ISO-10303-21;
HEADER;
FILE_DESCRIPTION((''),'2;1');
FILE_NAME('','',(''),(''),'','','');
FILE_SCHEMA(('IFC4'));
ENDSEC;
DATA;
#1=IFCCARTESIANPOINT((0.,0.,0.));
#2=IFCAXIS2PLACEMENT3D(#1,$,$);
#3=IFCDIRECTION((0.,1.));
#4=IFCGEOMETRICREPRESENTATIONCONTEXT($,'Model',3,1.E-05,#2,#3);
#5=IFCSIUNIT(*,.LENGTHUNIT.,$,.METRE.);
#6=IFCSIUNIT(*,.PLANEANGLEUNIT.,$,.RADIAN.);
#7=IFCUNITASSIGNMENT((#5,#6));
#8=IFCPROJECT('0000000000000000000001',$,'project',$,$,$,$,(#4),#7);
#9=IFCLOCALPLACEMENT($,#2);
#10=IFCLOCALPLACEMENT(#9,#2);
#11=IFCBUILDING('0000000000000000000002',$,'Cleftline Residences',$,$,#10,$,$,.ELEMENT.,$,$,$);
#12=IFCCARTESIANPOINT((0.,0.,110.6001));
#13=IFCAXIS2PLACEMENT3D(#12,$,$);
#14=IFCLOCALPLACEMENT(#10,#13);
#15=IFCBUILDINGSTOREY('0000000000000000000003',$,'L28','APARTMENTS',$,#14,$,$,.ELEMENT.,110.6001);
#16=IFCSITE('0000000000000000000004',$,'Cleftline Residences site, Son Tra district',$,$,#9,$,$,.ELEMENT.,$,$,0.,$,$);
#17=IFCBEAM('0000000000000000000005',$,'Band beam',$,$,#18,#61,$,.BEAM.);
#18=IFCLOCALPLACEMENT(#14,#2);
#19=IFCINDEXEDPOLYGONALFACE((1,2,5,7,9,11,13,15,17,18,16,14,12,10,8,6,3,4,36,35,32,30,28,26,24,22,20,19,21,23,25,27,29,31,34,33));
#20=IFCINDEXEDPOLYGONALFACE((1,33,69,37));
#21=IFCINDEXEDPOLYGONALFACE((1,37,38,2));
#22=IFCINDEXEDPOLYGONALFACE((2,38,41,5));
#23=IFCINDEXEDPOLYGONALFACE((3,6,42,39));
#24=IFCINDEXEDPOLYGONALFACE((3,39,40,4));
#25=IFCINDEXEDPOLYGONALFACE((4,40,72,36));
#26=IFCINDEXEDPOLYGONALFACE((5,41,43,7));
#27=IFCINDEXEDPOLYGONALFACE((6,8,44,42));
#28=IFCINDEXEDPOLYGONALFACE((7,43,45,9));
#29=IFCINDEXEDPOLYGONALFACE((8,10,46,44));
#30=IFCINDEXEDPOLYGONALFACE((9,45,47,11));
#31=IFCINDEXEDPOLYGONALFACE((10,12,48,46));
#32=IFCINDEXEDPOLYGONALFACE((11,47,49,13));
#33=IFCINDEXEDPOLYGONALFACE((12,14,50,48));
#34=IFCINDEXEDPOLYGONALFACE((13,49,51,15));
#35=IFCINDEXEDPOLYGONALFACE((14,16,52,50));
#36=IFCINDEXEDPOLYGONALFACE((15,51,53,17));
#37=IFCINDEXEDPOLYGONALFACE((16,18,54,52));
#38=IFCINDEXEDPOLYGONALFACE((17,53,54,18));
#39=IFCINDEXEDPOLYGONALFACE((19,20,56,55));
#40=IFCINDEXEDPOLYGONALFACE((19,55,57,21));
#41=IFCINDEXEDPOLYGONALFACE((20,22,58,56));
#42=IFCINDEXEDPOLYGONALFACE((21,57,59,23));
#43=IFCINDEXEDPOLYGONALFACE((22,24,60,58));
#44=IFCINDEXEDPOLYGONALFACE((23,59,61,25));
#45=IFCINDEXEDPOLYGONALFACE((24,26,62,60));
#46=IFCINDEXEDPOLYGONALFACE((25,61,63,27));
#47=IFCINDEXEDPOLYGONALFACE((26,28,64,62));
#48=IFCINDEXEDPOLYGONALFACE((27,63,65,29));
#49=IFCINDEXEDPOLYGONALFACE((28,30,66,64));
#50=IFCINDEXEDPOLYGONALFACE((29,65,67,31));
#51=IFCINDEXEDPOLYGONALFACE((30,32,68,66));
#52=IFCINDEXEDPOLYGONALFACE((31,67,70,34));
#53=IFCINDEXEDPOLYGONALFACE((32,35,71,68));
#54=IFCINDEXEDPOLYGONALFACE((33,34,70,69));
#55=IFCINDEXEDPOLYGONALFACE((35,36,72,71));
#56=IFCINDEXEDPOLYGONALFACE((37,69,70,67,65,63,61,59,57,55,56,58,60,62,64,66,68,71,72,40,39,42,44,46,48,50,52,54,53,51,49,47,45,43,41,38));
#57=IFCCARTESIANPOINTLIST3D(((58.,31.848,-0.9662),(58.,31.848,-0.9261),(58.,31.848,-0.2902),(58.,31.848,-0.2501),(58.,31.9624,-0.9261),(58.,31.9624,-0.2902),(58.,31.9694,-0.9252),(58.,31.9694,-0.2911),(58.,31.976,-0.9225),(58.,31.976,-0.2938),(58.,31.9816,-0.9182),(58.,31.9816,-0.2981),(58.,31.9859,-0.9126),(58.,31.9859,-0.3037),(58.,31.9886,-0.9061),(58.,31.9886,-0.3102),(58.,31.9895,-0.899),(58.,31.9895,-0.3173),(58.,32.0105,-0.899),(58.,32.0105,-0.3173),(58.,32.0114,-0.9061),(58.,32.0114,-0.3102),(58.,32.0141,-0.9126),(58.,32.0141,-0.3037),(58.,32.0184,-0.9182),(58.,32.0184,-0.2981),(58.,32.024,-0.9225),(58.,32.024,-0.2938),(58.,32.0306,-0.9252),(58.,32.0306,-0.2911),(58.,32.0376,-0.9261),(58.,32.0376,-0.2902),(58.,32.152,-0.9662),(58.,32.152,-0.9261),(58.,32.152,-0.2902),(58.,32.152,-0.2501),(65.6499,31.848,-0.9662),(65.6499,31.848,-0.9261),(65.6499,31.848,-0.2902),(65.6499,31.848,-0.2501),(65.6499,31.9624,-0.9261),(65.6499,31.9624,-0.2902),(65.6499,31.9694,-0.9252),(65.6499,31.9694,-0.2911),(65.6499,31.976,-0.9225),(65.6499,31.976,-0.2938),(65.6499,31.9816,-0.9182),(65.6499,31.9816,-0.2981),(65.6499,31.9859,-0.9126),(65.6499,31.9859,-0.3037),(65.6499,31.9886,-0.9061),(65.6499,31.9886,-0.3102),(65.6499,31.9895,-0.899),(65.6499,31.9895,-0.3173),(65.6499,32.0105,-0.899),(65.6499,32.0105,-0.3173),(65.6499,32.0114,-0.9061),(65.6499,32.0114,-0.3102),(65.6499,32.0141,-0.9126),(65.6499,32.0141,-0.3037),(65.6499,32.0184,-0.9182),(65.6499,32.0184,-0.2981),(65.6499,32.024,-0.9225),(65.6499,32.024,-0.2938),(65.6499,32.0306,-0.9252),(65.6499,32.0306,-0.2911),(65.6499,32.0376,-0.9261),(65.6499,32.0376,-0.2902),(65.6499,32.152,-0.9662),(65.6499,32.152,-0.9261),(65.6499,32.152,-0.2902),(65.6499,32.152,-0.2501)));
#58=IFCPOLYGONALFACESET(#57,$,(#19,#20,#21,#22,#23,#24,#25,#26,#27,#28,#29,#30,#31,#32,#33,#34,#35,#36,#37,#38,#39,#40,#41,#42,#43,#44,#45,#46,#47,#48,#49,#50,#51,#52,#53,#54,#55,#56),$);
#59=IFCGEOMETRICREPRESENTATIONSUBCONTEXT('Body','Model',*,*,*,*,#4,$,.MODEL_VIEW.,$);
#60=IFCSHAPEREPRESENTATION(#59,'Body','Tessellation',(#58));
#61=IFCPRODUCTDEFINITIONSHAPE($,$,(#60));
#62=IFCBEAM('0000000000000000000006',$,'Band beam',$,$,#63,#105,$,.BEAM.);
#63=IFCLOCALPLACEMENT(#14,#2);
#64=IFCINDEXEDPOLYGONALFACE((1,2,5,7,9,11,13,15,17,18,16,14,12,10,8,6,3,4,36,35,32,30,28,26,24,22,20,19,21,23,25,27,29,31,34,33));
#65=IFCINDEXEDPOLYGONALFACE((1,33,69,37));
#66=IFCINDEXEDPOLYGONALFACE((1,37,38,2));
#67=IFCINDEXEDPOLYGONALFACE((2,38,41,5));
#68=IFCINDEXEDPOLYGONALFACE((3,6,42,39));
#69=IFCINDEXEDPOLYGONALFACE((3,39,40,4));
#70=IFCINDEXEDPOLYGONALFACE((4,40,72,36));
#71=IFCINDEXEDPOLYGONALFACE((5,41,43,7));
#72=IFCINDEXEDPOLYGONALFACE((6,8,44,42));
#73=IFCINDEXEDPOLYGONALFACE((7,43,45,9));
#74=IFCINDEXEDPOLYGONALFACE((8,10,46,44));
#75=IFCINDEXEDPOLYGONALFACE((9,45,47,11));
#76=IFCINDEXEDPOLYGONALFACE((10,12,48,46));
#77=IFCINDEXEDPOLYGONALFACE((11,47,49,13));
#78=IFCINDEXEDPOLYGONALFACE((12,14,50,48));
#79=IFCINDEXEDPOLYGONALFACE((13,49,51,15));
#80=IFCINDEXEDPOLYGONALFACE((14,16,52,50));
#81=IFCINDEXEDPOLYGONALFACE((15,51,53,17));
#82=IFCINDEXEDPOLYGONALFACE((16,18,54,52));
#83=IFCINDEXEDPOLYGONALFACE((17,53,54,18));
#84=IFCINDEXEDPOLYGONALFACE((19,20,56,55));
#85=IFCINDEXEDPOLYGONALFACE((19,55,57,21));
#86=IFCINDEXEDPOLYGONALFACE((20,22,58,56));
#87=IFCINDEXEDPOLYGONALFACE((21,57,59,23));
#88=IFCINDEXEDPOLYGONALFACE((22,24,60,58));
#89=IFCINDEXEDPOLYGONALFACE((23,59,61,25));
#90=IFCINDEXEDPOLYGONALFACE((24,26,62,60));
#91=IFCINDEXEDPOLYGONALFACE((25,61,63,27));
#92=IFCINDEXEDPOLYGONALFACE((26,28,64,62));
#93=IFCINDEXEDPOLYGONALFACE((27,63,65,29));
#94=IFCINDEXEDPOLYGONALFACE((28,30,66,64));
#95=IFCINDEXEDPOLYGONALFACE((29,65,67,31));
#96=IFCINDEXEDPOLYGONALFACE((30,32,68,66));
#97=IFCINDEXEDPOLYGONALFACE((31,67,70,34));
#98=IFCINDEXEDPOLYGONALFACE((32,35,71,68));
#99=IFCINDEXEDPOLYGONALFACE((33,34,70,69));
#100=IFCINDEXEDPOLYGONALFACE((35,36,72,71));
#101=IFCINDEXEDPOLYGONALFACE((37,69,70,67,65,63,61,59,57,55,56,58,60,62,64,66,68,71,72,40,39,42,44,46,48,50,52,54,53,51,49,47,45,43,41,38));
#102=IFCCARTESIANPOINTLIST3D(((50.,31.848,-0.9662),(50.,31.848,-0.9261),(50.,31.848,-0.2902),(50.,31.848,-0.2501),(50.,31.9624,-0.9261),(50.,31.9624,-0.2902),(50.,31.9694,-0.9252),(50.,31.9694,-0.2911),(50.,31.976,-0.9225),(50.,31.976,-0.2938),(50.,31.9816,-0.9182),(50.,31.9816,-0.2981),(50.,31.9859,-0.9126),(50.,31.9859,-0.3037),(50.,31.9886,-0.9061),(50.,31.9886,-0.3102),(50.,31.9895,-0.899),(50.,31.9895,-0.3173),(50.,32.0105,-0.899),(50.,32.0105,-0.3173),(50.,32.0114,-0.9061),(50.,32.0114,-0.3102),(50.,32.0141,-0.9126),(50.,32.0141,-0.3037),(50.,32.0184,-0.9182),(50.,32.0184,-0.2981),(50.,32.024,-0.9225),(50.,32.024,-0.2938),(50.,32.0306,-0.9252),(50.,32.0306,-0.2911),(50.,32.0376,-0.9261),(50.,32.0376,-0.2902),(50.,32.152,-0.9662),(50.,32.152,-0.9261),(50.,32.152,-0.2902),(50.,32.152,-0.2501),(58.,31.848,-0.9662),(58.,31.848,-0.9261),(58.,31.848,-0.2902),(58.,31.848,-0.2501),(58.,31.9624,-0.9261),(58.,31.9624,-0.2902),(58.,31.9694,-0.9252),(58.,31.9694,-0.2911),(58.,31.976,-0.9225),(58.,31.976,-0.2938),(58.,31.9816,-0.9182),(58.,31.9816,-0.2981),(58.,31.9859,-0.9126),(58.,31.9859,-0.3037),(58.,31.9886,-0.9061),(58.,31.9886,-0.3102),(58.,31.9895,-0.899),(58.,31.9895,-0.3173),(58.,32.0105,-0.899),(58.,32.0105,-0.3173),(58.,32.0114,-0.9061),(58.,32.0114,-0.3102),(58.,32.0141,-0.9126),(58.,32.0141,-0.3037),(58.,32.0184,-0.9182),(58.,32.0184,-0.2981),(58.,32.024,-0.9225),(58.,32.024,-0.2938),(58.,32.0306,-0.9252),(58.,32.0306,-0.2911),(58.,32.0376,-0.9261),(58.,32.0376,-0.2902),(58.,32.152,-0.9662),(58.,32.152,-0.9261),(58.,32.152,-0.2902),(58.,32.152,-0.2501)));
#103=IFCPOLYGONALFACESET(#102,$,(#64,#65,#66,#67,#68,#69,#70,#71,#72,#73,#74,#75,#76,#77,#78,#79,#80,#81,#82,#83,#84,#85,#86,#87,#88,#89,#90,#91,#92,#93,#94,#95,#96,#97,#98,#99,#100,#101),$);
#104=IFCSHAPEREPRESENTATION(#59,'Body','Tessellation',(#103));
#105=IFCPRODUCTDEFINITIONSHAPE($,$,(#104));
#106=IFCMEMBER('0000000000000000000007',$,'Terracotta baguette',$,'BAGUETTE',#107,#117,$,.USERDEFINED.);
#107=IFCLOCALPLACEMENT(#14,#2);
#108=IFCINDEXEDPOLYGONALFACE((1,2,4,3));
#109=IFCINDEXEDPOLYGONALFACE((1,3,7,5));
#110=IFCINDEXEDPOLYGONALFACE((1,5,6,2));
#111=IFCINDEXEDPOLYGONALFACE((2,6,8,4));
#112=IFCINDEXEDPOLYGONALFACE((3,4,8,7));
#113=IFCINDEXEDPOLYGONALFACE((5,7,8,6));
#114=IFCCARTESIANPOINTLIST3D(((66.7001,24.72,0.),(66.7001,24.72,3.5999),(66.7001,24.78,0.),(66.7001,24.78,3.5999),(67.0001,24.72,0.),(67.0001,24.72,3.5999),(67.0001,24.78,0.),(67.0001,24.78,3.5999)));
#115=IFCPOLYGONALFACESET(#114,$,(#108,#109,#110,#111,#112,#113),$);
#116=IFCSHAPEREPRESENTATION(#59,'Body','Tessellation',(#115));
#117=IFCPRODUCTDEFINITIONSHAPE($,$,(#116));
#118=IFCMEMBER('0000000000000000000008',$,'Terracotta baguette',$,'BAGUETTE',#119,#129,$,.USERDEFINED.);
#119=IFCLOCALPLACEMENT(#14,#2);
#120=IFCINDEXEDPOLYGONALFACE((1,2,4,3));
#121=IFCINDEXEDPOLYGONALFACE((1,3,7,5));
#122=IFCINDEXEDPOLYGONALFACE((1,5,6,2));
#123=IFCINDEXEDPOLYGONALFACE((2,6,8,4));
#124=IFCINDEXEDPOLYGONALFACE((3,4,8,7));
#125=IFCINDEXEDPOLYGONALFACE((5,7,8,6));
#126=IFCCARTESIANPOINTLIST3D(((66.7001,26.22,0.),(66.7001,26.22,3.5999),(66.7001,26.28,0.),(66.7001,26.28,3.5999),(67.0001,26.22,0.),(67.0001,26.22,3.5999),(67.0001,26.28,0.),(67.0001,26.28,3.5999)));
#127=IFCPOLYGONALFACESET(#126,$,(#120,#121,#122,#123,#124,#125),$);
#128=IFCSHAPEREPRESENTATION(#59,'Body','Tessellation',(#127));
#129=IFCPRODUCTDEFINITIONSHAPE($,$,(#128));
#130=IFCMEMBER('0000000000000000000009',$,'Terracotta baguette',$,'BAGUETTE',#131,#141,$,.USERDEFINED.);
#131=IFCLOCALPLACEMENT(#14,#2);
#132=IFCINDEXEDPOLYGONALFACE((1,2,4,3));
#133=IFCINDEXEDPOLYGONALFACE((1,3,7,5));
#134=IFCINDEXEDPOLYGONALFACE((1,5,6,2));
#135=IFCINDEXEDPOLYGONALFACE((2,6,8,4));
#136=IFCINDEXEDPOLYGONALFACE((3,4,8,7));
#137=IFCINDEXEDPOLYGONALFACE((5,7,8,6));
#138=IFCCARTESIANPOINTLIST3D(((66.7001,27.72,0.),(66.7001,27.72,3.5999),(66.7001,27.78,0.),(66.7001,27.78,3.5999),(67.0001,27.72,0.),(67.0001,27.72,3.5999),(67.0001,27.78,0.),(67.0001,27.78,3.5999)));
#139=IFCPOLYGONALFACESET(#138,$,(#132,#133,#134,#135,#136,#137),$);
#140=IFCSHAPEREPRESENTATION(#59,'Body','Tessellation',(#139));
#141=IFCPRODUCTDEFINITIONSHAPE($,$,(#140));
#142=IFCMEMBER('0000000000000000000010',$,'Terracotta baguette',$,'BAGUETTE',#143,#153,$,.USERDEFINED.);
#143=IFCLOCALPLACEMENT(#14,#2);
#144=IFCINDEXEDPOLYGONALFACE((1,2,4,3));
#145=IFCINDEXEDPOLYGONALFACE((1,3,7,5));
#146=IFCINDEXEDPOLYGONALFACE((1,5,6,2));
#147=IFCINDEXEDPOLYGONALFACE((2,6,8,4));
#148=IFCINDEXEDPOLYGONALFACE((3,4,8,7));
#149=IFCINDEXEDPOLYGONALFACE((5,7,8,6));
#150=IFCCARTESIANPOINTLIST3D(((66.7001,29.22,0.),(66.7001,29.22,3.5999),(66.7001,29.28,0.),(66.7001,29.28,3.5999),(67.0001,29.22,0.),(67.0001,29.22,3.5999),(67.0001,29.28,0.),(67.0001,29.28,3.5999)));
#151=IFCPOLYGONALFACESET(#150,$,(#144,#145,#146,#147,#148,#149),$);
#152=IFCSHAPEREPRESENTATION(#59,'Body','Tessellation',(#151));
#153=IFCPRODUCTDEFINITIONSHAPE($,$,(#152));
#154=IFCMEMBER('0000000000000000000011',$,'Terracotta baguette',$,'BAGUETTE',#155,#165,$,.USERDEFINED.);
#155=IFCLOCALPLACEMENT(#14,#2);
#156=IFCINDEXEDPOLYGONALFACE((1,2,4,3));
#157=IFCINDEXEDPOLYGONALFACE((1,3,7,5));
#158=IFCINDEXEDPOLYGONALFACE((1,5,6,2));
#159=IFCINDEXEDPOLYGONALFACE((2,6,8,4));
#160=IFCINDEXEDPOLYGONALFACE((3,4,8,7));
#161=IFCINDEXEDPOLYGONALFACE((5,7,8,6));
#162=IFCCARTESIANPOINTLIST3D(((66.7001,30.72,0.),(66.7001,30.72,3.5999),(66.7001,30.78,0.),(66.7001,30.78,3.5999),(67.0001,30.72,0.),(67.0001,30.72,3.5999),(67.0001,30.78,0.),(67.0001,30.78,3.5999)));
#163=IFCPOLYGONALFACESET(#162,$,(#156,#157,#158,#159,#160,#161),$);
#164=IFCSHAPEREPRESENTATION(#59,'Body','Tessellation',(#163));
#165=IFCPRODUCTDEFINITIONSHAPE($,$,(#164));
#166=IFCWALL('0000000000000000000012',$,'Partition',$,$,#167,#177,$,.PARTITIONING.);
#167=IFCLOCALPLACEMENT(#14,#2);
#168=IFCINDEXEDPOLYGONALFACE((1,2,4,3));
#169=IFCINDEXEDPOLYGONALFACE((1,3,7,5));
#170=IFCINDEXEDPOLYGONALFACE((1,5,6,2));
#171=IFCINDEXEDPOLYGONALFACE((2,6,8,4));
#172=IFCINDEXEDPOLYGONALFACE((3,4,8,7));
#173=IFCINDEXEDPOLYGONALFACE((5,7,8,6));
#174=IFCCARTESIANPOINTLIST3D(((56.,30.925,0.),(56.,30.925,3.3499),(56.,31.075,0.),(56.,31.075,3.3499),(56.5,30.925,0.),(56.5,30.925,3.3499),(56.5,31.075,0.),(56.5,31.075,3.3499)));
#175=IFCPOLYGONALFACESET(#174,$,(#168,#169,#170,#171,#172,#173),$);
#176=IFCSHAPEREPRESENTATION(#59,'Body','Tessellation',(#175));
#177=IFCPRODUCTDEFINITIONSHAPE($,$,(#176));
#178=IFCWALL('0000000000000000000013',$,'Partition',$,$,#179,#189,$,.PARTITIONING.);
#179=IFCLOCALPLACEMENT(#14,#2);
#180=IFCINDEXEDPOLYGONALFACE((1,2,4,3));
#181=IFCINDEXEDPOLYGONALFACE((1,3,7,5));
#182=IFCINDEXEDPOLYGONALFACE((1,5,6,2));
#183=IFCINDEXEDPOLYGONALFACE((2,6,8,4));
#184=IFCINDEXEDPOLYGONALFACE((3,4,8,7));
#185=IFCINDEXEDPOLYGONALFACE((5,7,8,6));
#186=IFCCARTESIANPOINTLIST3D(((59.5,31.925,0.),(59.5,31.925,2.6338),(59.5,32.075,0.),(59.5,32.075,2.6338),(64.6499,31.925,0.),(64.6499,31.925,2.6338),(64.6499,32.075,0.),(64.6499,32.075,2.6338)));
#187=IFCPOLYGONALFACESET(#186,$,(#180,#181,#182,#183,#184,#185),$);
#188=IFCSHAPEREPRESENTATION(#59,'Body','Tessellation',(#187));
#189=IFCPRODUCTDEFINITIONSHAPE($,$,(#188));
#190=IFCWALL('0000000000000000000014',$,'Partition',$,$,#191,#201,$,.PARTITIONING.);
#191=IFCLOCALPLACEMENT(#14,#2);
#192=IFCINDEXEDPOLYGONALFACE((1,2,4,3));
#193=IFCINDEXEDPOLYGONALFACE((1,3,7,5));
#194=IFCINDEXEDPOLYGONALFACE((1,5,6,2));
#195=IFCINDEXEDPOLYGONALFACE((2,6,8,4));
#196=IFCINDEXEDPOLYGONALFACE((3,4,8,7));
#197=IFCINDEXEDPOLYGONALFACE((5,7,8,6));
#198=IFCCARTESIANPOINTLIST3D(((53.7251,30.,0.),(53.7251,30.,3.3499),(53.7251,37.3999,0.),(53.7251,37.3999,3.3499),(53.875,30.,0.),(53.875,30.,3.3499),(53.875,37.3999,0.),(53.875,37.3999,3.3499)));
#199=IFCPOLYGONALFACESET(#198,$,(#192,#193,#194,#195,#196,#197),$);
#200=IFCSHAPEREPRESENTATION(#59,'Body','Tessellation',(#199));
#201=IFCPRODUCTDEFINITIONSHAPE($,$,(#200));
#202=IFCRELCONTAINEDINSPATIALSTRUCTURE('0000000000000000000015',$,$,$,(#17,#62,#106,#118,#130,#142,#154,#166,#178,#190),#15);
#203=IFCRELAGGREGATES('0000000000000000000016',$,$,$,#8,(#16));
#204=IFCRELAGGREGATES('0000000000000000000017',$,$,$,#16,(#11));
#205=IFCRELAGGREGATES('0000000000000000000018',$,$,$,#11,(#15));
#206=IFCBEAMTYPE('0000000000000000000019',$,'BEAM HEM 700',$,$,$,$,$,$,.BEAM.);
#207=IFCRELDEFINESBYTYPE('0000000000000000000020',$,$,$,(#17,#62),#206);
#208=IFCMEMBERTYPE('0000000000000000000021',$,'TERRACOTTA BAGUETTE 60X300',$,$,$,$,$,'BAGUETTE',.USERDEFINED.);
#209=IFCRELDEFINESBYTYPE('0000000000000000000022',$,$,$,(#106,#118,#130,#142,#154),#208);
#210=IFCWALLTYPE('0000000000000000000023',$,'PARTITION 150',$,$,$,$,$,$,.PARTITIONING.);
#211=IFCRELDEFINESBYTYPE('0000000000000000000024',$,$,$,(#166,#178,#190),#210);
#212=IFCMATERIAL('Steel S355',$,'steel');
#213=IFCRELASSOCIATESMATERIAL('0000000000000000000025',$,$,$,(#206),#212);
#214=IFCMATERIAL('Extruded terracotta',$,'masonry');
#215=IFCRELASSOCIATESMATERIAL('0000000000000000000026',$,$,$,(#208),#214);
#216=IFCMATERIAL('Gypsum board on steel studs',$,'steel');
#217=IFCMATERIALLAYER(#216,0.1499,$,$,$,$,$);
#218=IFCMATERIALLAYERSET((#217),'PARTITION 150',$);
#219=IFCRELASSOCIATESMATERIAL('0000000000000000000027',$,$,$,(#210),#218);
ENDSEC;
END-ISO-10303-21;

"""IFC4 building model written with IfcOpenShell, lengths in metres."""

from ifc_helpers import new_model, si_unit, direction, frame, frame_2d, origin, origin_2d, place, context, subcontext, project, spatial, rectangle, i_section, extrude, material, layer, layer_set, material_profile, profile_set, type_object, element, save


model = new_model("IFC4")

# Units and contexts
model_context = context("Model", 3, precision=1e-05, world=origin(), true_north=direction((0.0, 1.0)))
body_context = subcontext(model_context, "Body", "Model", "MODEL_VIEW")
ifc_project = project(units=[si_unit("LENGTHUNIT", "METRE"), si_unit("PLANEANGLEUNIT", "RADIAN")], contexts=[model_context])

# Site, building, storey
site_placement = place(None, origin())
site = spatial("IfcSite", under=ifc_project, at=site_placement, Name="Cleftline Residences site, Son Tra district", CompositionType="ELEMENT", RefElevation=0.0)
building_placement = place(site_placement, origin())
building = spatial("IfcBuilding", under=site, at=building_placement, Name="Cleftline Residences", CompositionType="ELEMENT")
storey_placement = place(building_placement, frame((0.0, 0.0, 110.6001)))
storey = spatial("IfcBuildingStorey", under=building, at=storey_placement, Name="L28", Description="APARTMENTS", CompositionType="ELEMENT", Elevation=110.6001)

# Beams
ifc_material_1 = material(Name="Steel S355", Category="steel")
ifc_material_profile_1 = material_profile(ifc_material_1, i_section(OverallWidth=0.304, OverallDepth=0.7161, WebThickness=0.021, FlangeThickness=0.04, FilletRadius=0.0271, at=origin_2d()))
ifc_profile_set_1 = profile_set([ifc_material_profile_1], Name="Steel S355")
beam_type_1 = type_object("IfcBeamType", Name="BEAM HEM 700", PredefinedType="BEAM", material=ifc_profile_set_1)
beam_1_placement = place(storey_placement, frame((65.6499, 32.0, -0.6082), z_axis=(-1.0, 0.0, 0.0), x_axis=(0.0, -1.0, 0.0)))
element("IfcBeam", 1, at=beam_1_placement, inside=storey, type_object=beam_type_1, Name="Band beam", PredefinedType="BEAM", context=body_context, shape_type="SweptSolid", body=[
    extrude(i_section(OverallWidth=0.304, OverallDepth=0.7161, WebThickness=0.021, FlangeThickness=0.04, FilletRadius=0.0271, at=origin_2d()), origin(), (0.0, 0.0, 1.0), 7.6499),
])
beam_2_placement = place(storey_placement, frame((58.0, 32.0, -0.6082), z_axis=(-1.0, 0.0, 0.0), x_axis=(0.0, -1.0, 0.0)))
element("IfcBeam", 2, at=beam_2_placement, inside=storey, type_object=beam_type_1, Name="Band beam", PredefinedType="BEAM", context=body_context, shape_type="SweptSolid", body=[
    extrude(i_section(OverallWidth=0.304, OverallDepth=0.7161, WebThickness=0.021, FlangeThickness=0.04, FilletRadius=0.0271, at=origin_2d()), origin(), (0.0, 0.0, 1.0), 8.0),
])

# Members
ifc_material_2 = material(Name="Extruded terracotta", Category="masonry")
ifc_material_profile_2 = material_profile(ifc_material_2, rectangle(XDim=0.0601, YDim=0.3, at=origin_2d()))
ifc_profile_set_2 = profile_set([ifc_material_profile_2], Name="Extruded terracotta")
member_type_1 = type_object("IfcMemberType", Name="TERRACOTTA BAGUETTE 60X300", ElementType="BAGUETTE", PredefinedType="USERDEFINED", material=ifc_profile_set_2)
for number, where, z_axis, x_axis, name in (
    (3, (66.8501, 24.75, 0.0), (0.0, 0.0, 1.0), (0.0, 1.0, 0.0), "Terracotta baguette"),
    (4, (66.8501, 26.25, 0.0), (0.0, 0.0, 1.0), (0.0, 1.0, 0.0), "Terracotta baguette"),
    (5, (66.8501, 27.75, 0.0), (0.0, 0.0, 1.0), (0.0, 1.0, 0.0), "Terracotta baguette"),
    (6, (66.8501, 29.25, 0.0), (0.0, 0.0, 1.0), (0.0, 1.0, 0.0), "Terracotta baguette"),
    (7, (66.8501, 30.75, 0.0), (0.0, 0.0, 1.0), (0.0, 1.0, 0.0), "Terracotta baguette"),
):
    element("IfcMember", number, at=place(storey_placement, frame(where, z_axis=z_axis, x_axis=x_axis)), inside=storey, type_object=member_type_1, Name=name, ObjectType="BAGUETTE", PredefinedType="USERDEFINED", context=body_context, shape_type="SweptSolid", body=[
        extrude(rectangle(XDim=0.0601, YDim=0.3, at=origin_2d()), origin(), (0.0, 0.0, 1.0), 3.5999),
    ])

# Walls
ifc_material_3 = material(Name="Gypsum board on steel studs", Category="steel")
ifc_layer_1 = layer(ifc_material_3, 0.1499)
ifc_layer_set_1 = layer_set([ifc_layer_1], Name="PARTITION 150")
wall_type_1 = type_object("IfcWallType", Name="PARTITION 150", PredefinedType="PARTITIONING", material=ifc_layer_set_1)
wall_1_placement = place(storey_placement, frame((56.0, 31.0, 0.0), z_axis=(0.0, 0.0, 1.0), x_axis=(1.0, 0.0, 0.0)))
element("IfcWall", 8, at=wall_1_placement, inside=storey, type_object=wall_type_1, Name="Partition", PredefinedType="PARTITIONING", context=body_context, shape_type="SweptSolid", body=[
    extrude(rectangle(XDim=0.5, YDim=0.1499, at=frame_2d((0.25, 0.0))), origin(), (0.0, 0.0, 1.0), 3.3499),
])
wall_2_placement = place(storey_placement, frame((59.5, 32.0, 0.0), z_axis=(0.0, 0.0, 1.0), x_axis=(1.0, 0.0, 0.0)))
element("IfcWall", 9, at=wall_2_placement, inside=storey, type_object=wall_type_1, Name="Partition", PredefinedType="PARTITIONING", context=body_context, shape_type="SweptSolid", body=[
    extrude(rectangle(XDim=5.1499, YDim=0.1499, at=frame_2d((2.575, 0.0))), origin(), (0.0, 0.0, 1.0), 2.6338),
])
wall_3_placement = place(storey_placement, frame((53.8, 30.0, 0.0), z_axis=(0.0, 0.0, 1.0), x_axis=(0.0, 1.0, 0.0)))
element("IfcWall", 10, at=wall_3_placement, inside=storey, type_object=wall_type_1, Name="Partition", PredefinedType="PARTITIONING", context=body_context, shape_type="SweptSolid", body=[
    extrude(rectangle(XDim=7.3999, YDim=0.1499, at=frame_2d((3.7, 0.0))), origin(), (0.0, 0.0, 1.0), 3.3499),
])

save(model, "model.ifc")
